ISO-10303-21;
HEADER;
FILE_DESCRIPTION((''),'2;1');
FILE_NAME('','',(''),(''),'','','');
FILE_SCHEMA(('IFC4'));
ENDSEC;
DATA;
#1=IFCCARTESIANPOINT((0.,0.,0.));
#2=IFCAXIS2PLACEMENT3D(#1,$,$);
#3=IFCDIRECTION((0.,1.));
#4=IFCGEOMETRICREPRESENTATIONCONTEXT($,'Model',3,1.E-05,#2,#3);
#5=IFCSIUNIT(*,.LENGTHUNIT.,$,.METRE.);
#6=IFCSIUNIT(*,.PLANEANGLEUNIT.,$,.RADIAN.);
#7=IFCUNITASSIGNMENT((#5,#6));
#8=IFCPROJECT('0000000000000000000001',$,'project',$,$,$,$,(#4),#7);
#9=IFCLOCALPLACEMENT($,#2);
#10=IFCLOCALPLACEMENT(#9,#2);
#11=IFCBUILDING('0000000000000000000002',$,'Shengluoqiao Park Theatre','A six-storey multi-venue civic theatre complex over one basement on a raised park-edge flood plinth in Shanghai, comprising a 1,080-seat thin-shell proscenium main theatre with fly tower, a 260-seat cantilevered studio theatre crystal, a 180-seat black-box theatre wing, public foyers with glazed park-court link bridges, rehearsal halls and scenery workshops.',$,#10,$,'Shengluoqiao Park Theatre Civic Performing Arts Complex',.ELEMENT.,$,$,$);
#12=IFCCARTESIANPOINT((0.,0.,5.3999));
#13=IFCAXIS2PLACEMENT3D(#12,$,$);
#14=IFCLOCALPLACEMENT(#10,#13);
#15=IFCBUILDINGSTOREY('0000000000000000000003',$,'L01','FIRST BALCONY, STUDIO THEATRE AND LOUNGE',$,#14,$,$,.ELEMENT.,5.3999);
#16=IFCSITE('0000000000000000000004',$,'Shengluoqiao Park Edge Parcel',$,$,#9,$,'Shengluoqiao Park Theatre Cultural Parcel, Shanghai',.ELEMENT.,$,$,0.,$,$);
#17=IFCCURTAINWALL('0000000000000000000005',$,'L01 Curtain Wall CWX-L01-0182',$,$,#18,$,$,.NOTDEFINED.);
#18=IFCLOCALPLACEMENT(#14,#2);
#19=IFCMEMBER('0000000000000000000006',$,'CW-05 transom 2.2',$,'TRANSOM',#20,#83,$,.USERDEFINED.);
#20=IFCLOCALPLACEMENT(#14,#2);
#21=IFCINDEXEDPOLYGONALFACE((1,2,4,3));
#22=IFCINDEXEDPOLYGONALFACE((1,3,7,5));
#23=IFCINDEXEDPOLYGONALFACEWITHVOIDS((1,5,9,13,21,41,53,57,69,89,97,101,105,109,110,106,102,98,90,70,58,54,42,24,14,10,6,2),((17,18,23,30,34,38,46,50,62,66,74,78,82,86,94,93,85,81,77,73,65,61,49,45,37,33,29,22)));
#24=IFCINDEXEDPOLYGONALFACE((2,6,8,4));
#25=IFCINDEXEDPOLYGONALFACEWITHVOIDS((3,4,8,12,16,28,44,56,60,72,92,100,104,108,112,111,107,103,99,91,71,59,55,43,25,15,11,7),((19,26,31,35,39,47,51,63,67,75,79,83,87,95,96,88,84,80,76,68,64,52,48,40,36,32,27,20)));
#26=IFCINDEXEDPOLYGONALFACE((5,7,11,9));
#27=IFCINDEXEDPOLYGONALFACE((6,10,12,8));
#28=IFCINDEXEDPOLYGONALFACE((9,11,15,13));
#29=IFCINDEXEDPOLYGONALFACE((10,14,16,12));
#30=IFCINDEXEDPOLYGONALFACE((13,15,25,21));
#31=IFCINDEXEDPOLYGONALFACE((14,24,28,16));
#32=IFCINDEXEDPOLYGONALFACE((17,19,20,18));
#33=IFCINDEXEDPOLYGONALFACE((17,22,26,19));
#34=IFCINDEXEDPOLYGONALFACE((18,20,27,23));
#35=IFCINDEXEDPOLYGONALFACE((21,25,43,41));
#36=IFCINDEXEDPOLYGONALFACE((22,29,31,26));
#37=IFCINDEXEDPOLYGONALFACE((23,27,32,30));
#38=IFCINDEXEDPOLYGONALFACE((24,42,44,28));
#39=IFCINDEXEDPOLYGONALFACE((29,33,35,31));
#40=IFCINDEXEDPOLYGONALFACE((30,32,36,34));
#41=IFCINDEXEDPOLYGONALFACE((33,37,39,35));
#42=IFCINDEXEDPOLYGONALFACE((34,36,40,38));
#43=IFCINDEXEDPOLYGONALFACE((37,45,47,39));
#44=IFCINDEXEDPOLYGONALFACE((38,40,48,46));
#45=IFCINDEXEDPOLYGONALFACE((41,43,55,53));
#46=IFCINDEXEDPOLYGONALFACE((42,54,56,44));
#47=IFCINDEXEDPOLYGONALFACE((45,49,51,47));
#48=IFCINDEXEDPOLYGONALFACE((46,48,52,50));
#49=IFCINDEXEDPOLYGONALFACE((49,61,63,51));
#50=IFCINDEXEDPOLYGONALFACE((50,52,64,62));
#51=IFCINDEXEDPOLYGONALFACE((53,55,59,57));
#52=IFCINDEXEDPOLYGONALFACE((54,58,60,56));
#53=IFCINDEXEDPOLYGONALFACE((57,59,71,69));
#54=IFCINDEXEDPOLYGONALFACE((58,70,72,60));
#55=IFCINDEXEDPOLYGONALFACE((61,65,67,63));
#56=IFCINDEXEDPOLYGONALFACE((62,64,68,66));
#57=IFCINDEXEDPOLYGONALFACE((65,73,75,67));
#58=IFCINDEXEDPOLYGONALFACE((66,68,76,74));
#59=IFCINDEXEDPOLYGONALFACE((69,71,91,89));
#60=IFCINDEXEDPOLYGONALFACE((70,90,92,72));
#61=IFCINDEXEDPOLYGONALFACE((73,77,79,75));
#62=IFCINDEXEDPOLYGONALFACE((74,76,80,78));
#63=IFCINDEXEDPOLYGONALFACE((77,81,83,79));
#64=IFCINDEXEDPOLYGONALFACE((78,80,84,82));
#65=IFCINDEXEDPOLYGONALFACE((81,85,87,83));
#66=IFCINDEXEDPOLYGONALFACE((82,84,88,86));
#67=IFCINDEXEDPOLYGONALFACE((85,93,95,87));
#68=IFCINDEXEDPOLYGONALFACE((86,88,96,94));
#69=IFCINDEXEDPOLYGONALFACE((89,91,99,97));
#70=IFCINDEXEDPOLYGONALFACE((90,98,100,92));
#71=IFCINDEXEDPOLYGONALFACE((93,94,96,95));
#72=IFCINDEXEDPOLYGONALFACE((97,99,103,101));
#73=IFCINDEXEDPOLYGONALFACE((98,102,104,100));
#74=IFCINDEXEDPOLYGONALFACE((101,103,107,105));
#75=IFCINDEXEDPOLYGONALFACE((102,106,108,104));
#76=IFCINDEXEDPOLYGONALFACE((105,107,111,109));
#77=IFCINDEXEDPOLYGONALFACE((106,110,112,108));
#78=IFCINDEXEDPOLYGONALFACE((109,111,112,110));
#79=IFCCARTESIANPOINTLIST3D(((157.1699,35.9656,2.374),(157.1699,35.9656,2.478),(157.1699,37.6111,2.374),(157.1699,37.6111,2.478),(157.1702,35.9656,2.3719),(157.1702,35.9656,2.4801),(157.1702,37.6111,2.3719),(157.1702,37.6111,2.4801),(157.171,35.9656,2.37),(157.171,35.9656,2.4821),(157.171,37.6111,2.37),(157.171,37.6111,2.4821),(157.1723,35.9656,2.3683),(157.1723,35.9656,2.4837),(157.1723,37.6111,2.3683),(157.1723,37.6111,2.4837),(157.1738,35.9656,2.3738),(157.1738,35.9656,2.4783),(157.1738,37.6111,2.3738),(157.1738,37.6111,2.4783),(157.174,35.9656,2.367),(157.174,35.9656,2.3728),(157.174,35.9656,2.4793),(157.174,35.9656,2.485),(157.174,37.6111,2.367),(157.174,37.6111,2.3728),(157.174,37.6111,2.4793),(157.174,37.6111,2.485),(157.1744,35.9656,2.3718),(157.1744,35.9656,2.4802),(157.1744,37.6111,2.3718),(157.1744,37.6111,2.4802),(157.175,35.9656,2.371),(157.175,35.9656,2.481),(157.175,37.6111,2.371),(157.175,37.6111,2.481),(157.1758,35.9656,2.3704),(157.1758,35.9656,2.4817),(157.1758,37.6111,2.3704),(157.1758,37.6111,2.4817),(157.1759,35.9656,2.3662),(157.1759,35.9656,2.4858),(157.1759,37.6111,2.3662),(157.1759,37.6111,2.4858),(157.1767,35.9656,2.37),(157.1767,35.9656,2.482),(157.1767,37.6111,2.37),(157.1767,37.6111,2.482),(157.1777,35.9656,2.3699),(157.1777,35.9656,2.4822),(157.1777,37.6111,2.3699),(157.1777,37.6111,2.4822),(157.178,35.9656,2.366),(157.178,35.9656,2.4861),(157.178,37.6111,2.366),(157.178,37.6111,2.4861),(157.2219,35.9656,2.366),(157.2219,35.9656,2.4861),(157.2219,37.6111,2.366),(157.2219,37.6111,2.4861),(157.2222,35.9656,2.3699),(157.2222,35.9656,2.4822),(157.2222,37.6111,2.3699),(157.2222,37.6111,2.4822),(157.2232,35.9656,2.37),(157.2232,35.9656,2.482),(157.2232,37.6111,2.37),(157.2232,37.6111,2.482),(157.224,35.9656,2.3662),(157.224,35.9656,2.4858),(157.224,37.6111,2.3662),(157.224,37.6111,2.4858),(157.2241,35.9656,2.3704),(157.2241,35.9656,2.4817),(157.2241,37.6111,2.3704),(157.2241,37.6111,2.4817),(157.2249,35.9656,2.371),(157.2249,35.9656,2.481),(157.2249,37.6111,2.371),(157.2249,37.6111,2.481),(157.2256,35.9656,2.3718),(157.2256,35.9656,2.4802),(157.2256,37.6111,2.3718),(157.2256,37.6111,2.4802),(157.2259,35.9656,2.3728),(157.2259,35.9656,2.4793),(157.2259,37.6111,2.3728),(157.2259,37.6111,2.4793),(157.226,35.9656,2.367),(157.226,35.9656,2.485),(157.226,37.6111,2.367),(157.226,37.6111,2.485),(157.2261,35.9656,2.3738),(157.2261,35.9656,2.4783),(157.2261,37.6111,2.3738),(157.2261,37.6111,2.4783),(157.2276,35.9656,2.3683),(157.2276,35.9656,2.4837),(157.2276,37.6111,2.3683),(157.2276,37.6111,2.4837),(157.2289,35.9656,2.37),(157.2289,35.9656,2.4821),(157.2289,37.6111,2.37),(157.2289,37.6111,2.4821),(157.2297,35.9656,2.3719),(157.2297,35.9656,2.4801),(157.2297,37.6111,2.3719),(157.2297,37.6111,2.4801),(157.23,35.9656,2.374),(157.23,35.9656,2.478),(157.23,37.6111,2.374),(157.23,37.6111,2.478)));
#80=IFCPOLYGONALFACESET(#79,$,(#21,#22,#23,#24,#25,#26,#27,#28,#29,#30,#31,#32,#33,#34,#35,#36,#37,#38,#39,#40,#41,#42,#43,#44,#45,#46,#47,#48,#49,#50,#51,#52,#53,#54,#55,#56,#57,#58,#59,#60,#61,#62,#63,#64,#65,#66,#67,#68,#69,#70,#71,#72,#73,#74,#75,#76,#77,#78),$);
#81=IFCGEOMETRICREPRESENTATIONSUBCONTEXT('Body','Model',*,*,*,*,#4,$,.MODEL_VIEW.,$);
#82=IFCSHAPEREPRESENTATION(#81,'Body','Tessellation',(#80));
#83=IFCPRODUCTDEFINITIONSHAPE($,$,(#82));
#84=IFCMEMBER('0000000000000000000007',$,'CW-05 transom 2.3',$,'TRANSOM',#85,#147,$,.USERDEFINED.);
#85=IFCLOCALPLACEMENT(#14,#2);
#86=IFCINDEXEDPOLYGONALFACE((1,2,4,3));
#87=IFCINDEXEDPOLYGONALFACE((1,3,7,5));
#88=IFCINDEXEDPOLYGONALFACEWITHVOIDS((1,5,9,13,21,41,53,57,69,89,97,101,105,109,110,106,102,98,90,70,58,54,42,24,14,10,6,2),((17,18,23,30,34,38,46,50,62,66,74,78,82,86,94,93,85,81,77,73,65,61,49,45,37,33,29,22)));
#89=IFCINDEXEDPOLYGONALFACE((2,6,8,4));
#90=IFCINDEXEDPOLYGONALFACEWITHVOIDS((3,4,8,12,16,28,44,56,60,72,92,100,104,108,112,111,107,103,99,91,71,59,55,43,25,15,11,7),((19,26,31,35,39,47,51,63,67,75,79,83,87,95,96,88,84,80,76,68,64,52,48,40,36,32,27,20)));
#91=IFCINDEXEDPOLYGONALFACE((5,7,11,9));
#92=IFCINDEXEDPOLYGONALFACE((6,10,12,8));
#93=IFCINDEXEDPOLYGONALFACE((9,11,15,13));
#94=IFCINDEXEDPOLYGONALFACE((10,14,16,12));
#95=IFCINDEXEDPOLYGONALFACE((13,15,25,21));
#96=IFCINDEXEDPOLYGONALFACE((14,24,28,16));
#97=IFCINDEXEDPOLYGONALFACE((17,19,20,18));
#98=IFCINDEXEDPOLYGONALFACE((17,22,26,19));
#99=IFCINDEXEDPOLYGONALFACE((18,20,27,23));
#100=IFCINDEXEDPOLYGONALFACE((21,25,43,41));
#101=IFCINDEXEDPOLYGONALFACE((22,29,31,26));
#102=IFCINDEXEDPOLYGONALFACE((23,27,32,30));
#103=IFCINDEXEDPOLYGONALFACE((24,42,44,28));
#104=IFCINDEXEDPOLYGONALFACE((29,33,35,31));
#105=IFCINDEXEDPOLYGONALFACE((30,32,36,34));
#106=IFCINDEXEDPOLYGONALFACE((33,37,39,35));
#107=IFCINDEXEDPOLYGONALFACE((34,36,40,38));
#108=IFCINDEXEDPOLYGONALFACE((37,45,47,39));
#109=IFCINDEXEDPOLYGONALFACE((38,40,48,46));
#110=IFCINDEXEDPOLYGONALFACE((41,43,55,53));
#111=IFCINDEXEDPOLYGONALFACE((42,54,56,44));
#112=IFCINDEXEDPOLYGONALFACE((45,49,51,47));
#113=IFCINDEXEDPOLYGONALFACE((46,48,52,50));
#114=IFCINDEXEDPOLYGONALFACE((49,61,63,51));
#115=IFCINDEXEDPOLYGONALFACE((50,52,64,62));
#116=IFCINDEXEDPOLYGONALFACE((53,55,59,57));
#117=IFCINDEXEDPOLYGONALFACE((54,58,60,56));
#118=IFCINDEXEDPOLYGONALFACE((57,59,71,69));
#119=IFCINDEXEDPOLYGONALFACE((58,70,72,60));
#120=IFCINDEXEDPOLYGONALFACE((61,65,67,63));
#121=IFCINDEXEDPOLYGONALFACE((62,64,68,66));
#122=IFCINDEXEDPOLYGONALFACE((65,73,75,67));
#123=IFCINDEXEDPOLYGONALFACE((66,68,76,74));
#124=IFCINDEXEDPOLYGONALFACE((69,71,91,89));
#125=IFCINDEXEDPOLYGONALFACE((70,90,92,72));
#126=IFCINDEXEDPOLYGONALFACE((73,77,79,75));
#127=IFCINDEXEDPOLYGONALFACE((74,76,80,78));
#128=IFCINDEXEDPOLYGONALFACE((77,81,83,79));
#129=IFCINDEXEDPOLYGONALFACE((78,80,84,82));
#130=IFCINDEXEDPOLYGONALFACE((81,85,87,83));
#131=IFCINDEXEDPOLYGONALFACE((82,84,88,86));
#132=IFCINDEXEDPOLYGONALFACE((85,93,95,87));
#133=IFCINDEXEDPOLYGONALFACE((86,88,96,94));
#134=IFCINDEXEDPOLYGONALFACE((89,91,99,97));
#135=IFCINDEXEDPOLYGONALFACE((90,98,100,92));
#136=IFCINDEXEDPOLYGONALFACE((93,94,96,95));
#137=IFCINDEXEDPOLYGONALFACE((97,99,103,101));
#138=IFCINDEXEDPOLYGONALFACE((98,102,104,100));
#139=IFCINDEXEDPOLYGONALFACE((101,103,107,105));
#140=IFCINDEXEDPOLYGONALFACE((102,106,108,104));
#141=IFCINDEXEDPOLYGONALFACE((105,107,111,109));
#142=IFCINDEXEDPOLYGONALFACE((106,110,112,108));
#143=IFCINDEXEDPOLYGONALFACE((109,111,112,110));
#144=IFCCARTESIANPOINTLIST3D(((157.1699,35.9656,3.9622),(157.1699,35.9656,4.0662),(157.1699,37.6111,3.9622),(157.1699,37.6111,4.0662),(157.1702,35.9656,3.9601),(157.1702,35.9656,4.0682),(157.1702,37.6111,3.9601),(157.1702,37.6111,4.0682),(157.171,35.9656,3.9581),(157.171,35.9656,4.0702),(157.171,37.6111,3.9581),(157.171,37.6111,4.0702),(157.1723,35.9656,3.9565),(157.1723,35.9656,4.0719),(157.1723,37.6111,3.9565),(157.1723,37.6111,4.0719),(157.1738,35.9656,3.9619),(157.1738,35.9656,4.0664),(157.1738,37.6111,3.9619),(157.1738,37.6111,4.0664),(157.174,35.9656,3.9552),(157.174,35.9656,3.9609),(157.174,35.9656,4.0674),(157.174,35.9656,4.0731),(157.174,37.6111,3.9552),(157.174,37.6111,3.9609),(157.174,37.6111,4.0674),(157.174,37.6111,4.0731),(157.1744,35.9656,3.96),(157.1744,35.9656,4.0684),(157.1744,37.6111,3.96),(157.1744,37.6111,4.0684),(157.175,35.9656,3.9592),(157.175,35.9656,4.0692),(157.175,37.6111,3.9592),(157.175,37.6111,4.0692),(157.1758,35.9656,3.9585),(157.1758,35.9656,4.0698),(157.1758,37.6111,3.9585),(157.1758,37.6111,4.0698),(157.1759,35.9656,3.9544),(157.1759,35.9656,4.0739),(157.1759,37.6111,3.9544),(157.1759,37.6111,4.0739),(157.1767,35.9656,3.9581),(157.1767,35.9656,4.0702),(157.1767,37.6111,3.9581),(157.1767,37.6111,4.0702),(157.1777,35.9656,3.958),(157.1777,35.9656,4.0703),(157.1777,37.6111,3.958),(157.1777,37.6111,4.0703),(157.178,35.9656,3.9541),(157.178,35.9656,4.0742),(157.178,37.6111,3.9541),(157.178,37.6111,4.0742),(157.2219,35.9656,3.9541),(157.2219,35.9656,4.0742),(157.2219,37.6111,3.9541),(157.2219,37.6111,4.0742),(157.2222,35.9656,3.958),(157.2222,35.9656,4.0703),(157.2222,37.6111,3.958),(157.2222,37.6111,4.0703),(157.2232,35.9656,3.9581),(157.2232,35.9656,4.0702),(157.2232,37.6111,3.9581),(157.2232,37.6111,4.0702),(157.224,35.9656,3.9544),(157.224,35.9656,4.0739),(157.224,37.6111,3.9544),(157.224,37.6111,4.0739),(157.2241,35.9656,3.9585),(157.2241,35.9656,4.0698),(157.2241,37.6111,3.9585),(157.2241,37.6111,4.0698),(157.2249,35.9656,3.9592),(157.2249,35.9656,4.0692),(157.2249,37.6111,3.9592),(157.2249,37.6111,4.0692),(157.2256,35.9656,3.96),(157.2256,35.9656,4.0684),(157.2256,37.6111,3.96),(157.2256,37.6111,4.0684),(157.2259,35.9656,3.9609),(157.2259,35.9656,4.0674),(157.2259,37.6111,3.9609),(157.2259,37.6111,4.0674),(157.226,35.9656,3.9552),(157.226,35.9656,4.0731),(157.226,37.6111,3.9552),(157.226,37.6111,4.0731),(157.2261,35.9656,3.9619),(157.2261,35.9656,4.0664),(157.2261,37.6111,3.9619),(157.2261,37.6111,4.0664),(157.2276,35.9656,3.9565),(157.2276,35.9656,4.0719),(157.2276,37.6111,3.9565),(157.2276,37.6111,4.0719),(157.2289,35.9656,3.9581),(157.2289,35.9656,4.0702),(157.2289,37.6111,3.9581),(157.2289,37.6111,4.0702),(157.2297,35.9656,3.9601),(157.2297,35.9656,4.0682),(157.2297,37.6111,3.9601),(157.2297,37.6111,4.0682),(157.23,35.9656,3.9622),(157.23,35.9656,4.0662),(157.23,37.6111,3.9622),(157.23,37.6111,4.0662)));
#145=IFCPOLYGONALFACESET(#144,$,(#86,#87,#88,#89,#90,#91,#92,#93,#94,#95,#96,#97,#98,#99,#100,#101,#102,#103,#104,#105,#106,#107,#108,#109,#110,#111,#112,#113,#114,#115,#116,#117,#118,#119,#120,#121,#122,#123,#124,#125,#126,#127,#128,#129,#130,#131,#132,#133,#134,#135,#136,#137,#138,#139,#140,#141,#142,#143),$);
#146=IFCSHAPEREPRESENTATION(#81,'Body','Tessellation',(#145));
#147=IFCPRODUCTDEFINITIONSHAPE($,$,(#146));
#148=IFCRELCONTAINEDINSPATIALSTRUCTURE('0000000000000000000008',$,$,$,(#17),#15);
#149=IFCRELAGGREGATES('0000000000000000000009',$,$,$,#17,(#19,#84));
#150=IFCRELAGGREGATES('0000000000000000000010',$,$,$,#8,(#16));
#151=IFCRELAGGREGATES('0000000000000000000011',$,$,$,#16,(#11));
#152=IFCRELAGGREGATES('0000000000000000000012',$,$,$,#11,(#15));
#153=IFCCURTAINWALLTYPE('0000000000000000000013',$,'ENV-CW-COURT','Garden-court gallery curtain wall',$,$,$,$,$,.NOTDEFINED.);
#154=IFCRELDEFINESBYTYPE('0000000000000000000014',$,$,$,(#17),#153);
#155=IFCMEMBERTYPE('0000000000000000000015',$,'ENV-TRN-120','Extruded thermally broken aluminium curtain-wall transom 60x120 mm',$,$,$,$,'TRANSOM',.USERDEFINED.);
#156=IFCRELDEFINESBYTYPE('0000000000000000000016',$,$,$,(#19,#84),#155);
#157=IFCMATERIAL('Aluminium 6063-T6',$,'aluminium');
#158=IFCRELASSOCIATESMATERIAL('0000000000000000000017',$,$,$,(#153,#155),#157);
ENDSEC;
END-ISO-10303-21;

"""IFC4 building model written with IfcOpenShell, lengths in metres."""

from ifc_helpers import new_model, si_unit, direction, frame, origin, origin_2d, place, context, subcontext, project, spatial, hollow_rectangle, extrude, material, material_profile, profile_set, type_object, element, aggregate, save


model = new_model("IFC4")

# Units and contexts
model_context = context("Model", 3, precision=1e-05, world=origin(), true_north=direction((0.0, 1.0)))
body_context = subcontext(model_context, "Body", "Model", "MODEL_VIEW")
ifc_project = project(units=[si_unit("LENGTHUNIT", "METRE"), si_unit("PLANEANGLEUNIT", "RADIAN")], contexts=[model_context])

# Site, building, storey
site_placement = place(None, origin())
site = spatial("IfcSite", under=ifc_project, at=site_placement, Name="Shengluoqiao Park Edge Parcel", LongName="Shengluoqiao Park Theatre Cultural Parcel, Shanghai", CompositionType="ELEMENT", RefElevation=0.0)
building_placement = place(site_placement, origin())
building = spatial("IfcBuilding", under=site, at=building_placement, Name="Shengluoqiao Park Theatre", Description="A six-storey multi-venue civic theatre complex over one basement on a raised park-edge flood plinth in Shanghai, comprising a 1,080-seat thin-shell proscenium main theatre with fly tower, a 260-seat cantilevered studio theatre crystal, a 180-seat black-box theatre wing, public foyers with glazed park-court link bridges, rehearsal halls and scenery workshops.", LongName="Shengluoqiao Park Theatre Civic Performing Arts Complex", CompositionType="ELEMENT")
storey_placement = place(building_placement, frame((0.0, 0.0, 5.3999)))
storey = spatial("IfcBuildingStorey", under=building, at=storey_placement, Name="L01", Description="FIRST BALCONY, STUDIO THEATRE AND LOUNGE", CompositionType="ELEMENT", Elevation=5.3999)

# Curtain wall
ifc_material_1 = material(Name="Aluminium 6063-T6", Category="aluminium")
curtain_wall_type = type_object("IfcCurtainWallType", Name="ENV-CW-COURT", Description="Garden-court gallery curtain wall", PredefinedType="NOTDEFINED", material=ifc_material_1)
curtain_wall_1_placement = place(storey_placement, origin())
curtain_wall_1 = element("IfcCurtainWall", 1, at=curtain_wall_1_placement, inside=storey, type_object=curtain_wall_type, Name="L01 Curtain Wall CWX-L01-0182", PredefinedType="NOTDEFINED")

# Members
ifc_material_profile_1 = material_profile(ifc_material_1, hollow_rectangle(XDim=0.0601, YDim=0.1201, WallThickness=0.0039, InnerFilletRadius=0.0039, OuterFilletRadius=0.0081, at=origin_2d()), Name="ALU TRANSOM 120x60x4")
ifc_profile_set_1 = profile_set([ifc_material_profile_1], Name="Aluminium 6063-T6")
member_type_1 = type_object("IfcMemberType", Name="ENV-TRN-120", Description="Extruded thermally broken aluminium curtain-wall transom 60x120 mm", ElementType="TRANSOM", PredefinedType="USERDEFINED", material=ifc_profile_set_1)
member_1_placement = place(storey_placement, frame((157.2, 35.9656, 2.426), z_axis=(0.0, 1.0, 0.0), x_axis=(-1.0, 0.0, 0.0)))
member_1 = element("IfcMember", 2, at=member_1_placement, type_object=member_type_1, Name="CW-05 transom 2.2", ObjectType="TRANSOM", PredefinedType="USERDEFINED", context=body_context, shape_type="SweptSolid", body=[
    extrude(hollow_rectangle(XDim=0.0601, YDim=0.1201, WallThickness=0.0039, InnerFilletRadius=0.0039, OuterFilletRadius=0.0081, at=origin_2d()), origin(), (0.0, 0.0, 1.0), 1.6455),
])
member_2_placement = place(storey_placement, frame((157.2, 35.9656, 4.0142), z_axis=(0.0, 1.0, 0.0), x_axis=(-1.0, 0.0, 0.0)))
member_2 = element("IfcMember", 3, at=member_2_placement, type_object=member_type_1, Name="CW-05 transom 2.3", ObjectType="TRANSOM", PredefinedType="USERDEFINED", context=body_context, shape_type="SweptSolid", body=[
    extrude(hollow_rectangle(XDim=0.0601, YDim=0.1201, WallThickness=0.0039, InnerFilletRadius=0.0039, OuterFilletRadius=0.0081, at=origin_2d()), origin(), (0.0, 0.0, 1.0), 1.6455),
])

aggregate(curtain_wall_1, [member_1, member_2])

save(model, "model.ifc")
